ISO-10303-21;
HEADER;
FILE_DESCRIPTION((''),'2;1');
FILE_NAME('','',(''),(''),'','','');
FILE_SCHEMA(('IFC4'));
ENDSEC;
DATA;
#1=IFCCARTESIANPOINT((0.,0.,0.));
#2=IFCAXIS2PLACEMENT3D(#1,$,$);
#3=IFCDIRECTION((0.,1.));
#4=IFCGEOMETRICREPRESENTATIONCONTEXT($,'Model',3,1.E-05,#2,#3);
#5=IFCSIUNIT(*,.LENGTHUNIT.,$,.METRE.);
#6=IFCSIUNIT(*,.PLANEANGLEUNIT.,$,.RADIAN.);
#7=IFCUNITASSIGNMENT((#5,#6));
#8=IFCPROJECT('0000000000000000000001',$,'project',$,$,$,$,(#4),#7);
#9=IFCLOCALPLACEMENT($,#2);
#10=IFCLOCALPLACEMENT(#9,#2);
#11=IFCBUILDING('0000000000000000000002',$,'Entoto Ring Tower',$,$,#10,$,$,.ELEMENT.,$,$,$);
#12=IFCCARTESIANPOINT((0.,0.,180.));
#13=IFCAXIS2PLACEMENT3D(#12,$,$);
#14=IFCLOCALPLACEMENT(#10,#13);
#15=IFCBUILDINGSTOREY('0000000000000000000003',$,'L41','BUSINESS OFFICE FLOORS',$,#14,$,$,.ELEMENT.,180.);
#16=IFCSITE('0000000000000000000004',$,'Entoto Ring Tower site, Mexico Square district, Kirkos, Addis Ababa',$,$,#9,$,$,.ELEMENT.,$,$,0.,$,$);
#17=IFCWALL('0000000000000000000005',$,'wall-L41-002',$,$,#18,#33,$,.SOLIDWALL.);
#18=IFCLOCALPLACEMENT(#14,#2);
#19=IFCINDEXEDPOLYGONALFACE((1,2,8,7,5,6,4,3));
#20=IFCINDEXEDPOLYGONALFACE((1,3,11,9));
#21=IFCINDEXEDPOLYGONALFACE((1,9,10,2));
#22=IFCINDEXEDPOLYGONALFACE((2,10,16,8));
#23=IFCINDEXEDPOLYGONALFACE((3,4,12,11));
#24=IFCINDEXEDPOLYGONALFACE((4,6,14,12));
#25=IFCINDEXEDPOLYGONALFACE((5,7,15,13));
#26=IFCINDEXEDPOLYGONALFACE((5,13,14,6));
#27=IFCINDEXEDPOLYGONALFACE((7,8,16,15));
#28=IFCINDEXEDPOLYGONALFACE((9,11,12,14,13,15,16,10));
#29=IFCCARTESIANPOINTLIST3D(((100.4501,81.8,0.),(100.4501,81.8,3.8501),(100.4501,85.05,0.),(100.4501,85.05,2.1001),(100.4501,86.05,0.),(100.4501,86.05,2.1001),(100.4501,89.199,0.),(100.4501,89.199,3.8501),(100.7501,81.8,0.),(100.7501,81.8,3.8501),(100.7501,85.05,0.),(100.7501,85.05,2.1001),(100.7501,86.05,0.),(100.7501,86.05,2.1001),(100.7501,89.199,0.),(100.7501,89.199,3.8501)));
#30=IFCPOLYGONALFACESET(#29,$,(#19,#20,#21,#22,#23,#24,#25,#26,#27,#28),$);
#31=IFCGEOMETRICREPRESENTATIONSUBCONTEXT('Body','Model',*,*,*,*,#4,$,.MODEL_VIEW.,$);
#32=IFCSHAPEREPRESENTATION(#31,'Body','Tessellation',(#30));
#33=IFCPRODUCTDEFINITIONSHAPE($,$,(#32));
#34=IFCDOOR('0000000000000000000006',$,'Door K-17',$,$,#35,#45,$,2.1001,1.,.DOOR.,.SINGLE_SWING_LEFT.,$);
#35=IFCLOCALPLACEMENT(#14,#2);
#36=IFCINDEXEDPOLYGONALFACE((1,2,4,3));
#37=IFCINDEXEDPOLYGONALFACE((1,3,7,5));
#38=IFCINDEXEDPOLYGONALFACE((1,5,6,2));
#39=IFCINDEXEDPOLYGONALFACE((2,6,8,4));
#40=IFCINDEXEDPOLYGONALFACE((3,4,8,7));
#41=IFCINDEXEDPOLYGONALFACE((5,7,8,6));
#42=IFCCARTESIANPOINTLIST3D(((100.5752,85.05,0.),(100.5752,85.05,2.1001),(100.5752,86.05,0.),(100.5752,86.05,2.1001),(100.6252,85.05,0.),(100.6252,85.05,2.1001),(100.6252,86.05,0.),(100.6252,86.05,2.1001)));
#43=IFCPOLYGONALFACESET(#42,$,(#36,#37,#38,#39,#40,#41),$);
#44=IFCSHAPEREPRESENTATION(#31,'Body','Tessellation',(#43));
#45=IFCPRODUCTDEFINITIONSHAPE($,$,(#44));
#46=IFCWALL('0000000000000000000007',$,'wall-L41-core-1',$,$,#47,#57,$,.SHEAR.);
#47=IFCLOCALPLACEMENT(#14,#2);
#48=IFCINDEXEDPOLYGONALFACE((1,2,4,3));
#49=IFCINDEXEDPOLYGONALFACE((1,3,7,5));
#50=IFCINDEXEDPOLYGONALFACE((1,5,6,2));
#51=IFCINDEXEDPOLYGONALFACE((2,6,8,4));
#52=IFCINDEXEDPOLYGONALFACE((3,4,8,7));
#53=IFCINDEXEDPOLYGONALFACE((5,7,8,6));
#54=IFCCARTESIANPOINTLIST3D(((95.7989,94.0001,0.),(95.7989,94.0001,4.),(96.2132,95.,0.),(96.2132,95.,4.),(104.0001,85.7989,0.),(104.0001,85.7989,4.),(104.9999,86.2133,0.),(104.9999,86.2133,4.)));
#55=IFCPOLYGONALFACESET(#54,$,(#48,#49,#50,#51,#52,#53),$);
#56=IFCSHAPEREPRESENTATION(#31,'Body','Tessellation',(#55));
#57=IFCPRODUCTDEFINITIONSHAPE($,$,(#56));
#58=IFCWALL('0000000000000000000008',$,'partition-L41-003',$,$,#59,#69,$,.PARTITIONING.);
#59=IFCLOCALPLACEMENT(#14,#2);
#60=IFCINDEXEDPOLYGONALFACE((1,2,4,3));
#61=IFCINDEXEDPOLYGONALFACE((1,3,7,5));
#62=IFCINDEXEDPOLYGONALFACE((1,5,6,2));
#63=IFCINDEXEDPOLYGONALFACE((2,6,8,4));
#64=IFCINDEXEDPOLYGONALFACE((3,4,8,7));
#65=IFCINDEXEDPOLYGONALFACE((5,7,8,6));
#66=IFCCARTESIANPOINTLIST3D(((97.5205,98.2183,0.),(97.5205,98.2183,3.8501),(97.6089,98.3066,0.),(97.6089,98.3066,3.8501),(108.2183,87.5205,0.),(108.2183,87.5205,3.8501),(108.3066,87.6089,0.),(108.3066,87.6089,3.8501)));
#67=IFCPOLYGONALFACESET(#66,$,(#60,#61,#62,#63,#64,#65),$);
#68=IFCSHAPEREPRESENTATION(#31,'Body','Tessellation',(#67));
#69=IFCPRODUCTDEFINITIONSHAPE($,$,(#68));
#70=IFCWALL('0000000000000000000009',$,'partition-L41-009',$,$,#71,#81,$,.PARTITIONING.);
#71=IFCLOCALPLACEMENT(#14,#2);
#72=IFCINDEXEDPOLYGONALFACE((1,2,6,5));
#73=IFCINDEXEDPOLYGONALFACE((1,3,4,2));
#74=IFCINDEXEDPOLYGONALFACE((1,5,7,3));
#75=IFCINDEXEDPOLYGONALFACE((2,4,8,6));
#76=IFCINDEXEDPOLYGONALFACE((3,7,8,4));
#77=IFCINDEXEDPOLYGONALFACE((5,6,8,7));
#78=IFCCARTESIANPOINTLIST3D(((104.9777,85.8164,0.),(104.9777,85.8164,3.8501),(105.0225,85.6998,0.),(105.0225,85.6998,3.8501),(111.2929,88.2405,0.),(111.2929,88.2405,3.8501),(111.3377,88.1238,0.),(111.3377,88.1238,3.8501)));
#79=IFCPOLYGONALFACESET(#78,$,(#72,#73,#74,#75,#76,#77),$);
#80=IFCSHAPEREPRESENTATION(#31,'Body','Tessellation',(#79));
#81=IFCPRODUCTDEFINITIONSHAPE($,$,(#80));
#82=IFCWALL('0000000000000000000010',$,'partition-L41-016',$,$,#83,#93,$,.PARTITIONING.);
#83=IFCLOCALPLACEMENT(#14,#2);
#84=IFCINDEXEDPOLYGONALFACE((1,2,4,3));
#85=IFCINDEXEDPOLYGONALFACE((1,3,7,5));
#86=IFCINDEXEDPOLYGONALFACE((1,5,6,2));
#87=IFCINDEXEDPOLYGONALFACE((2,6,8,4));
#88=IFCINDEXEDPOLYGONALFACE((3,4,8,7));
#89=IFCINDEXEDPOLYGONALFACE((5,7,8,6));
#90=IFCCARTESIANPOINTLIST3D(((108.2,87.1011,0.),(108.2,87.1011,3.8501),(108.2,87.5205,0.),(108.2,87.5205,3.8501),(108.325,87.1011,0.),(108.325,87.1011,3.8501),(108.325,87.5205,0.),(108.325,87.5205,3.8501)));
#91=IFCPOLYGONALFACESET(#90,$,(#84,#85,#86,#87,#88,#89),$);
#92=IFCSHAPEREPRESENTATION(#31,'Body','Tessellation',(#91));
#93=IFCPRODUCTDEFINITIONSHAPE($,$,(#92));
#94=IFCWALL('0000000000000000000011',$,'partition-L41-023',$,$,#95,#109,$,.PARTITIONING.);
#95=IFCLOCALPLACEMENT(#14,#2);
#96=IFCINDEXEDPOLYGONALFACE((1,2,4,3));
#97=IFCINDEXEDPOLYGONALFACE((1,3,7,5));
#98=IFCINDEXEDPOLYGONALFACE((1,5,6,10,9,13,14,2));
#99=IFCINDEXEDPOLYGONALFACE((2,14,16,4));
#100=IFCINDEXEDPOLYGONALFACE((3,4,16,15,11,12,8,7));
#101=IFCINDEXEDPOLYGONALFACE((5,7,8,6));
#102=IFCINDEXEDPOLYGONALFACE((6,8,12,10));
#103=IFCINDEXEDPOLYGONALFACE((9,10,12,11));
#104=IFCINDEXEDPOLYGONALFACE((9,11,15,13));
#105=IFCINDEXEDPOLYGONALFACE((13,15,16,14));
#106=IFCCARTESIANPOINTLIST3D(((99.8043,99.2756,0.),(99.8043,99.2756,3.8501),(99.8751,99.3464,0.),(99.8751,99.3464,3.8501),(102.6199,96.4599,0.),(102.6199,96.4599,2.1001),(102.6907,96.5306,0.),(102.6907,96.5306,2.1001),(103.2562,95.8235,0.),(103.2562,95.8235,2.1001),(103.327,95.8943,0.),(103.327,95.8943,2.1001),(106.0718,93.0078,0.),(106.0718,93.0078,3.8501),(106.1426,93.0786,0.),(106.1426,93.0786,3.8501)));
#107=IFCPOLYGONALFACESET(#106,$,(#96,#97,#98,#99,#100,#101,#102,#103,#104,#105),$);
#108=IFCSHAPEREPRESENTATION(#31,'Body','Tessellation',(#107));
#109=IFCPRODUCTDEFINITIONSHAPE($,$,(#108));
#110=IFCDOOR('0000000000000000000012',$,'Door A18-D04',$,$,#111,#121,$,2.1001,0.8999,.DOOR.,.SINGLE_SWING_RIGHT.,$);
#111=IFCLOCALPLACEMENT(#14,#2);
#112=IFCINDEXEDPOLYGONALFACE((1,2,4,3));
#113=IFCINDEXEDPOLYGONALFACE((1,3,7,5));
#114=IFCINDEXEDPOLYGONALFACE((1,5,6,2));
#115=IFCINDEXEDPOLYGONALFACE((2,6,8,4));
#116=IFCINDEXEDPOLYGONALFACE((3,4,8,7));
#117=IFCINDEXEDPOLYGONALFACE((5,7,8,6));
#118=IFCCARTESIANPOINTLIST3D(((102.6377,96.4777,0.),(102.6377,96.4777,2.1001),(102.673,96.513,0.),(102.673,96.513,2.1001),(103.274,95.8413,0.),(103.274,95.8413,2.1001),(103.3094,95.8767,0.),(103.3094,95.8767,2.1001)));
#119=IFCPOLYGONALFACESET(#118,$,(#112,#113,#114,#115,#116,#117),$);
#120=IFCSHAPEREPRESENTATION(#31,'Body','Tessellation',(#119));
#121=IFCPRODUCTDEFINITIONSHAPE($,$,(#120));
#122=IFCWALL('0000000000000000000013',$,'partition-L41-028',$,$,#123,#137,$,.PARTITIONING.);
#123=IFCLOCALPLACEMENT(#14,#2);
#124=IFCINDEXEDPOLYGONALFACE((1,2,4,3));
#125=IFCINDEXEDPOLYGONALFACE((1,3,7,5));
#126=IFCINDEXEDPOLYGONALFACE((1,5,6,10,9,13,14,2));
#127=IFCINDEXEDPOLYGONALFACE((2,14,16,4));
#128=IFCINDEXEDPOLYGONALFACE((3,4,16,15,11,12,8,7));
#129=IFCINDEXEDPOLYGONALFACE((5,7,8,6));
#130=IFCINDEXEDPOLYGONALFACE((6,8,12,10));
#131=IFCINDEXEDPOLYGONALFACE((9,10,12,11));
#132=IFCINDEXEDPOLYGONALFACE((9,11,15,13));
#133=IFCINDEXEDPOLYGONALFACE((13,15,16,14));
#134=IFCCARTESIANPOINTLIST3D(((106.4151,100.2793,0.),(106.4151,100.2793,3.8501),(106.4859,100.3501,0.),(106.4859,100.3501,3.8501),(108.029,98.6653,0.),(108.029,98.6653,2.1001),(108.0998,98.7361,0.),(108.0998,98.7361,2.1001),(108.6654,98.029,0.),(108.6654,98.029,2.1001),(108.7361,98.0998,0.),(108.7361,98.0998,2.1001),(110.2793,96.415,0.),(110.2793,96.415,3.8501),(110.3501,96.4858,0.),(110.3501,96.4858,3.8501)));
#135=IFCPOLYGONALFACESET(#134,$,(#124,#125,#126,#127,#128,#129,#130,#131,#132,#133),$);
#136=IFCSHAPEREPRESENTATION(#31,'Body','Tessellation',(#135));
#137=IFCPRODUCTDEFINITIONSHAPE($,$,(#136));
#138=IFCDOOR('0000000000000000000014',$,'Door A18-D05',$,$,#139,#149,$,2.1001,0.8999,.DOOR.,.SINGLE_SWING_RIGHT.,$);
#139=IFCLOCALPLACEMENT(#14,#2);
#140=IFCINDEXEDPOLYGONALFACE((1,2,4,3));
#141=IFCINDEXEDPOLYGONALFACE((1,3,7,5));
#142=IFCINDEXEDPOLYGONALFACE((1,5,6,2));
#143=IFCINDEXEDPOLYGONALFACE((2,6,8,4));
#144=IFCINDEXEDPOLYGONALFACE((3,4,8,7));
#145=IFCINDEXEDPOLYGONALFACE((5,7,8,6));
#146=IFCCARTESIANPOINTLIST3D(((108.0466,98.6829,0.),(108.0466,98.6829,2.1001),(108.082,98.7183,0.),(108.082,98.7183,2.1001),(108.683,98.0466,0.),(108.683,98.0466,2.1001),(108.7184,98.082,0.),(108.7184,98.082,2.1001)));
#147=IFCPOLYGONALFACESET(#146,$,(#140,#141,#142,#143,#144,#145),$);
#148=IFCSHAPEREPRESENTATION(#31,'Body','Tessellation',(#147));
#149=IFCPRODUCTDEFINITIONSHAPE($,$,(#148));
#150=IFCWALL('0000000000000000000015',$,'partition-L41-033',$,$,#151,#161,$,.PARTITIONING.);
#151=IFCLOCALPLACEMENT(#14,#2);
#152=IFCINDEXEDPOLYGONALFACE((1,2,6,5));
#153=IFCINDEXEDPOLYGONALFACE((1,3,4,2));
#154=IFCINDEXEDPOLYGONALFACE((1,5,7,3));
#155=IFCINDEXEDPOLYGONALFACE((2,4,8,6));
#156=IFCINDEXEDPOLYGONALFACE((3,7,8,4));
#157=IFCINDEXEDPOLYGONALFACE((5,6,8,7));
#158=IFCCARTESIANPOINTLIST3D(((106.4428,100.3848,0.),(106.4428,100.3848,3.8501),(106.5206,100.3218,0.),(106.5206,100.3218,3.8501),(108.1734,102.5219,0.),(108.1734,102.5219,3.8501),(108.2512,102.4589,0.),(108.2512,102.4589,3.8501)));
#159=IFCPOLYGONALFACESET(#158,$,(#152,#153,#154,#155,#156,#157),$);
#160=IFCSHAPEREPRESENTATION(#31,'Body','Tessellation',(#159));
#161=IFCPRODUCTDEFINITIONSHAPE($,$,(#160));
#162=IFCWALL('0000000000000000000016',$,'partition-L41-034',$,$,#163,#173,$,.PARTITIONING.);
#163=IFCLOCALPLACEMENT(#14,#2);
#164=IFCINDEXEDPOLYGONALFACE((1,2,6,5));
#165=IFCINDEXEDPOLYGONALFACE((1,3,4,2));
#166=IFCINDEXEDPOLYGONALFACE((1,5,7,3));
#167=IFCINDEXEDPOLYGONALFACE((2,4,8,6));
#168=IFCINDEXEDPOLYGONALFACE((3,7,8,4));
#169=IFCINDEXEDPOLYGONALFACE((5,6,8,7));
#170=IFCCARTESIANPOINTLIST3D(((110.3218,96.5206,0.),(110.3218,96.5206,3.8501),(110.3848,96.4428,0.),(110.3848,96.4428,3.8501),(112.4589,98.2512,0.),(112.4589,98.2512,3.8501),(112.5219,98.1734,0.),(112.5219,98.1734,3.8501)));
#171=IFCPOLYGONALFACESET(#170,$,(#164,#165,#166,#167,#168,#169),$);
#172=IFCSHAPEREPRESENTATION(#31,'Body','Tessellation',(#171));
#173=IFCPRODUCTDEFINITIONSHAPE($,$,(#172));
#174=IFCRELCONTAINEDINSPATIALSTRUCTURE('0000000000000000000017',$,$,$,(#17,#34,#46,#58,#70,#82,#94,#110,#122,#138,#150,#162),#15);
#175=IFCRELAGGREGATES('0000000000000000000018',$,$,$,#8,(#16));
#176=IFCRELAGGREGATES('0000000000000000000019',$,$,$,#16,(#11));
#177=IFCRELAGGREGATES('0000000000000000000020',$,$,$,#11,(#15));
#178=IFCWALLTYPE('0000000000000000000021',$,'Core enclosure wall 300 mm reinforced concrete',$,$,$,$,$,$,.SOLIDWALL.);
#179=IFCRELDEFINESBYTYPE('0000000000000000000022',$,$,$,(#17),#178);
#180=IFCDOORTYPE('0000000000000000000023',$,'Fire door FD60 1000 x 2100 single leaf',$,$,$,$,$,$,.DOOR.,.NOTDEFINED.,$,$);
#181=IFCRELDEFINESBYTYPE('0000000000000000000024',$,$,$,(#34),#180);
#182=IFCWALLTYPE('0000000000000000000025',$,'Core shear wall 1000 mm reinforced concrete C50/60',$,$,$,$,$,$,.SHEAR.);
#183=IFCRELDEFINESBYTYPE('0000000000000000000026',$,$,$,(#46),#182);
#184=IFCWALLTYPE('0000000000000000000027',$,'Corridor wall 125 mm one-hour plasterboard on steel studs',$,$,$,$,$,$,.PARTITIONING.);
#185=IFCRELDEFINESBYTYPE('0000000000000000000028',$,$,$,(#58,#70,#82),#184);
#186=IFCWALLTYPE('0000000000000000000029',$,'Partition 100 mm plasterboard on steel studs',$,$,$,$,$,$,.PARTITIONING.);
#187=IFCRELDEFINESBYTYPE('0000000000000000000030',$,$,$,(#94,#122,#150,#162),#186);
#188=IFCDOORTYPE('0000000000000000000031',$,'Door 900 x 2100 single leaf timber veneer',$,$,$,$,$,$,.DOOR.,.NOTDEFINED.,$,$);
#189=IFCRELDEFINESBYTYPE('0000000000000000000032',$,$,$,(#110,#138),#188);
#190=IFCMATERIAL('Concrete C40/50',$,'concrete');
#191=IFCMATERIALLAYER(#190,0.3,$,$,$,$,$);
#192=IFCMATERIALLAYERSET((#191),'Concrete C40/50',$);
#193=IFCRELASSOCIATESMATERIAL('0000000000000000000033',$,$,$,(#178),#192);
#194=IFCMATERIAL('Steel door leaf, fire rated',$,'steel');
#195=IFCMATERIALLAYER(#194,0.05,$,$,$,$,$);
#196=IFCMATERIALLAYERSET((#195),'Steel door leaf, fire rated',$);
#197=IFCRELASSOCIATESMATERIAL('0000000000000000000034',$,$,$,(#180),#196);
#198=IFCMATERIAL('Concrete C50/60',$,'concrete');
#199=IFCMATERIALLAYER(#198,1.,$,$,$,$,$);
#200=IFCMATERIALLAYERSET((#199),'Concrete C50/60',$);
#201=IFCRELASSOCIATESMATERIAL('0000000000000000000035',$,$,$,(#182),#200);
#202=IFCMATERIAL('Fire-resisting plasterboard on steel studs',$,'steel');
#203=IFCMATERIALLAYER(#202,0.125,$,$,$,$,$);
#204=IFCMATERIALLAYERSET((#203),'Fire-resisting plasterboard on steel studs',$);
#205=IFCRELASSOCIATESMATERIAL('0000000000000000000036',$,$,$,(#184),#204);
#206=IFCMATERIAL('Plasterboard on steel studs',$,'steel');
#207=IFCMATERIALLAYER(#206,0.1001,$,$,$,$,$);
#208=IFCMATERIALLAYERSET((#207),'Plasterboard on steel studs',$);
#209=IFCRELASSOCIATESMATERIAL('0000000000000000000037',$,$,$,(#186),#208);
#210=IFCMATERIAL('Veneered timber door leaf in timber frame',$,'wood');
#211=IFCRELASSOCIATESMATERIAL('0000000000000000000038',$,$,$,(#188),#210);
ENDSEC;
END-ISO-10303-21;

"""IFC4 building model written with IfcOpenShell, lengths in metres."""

from ifc_helpers import new_model, si_unit, direction, frame, frame_2d, origin, place, context, subcontext, project, spatial, polyline, rectangle, outline, extrude, material, layer, layer_set, type_object, element, fill, save


model = new_model("IFC4")

# Units and contexts
model_context = context("Model", 3, precision=1e-05, world=origin(), true_north=direction((0.0, 1.0)))
body_context = subcontext(model_context, "Body", "Model", "MODEL_VIEW")
ifc_project = project(units=[si_unit("LENGTHUNIT", "METRE"), si_unit("PLANEANGLEUNIT", "RADIAN")], contexts=[model_context])

# Site, building, storey
site_placement = place(None, origin())
site = spatial("IfcSite", under=ifc_project, at=site_placement, Name="Entoto Ring Tower site, Mexico Square district, Kirkos, Addis Ababa", CompositionType="ELEMENT", RefElevation=0.0)
building_placement = place(site_placement, origin())
building = spatial("IfcBuilding", under=site, at=building_placement, Name="Entoto Ring Tower", CompositionType="ELEMENT")
storey_placement = place(building_placement, frame((0.0, 0.0, 180.0)))
storey = spatial("IfcBuildingStorey", under=building, at=storey_placement, Name="L41", Description="BUSINESS OFFICE FLOORS", CompositionType="ELEMENT", Elevation=180.0)

# Wall, opening, door
ifc_material_1 = material(Name="Concrete C40/50", Category="concrete")
ifc_layer_1 = layer(ifc_material_1, 0.3)
ifc_layer_set_1 = layer_set([ifc_layer_1], Name="Concrete C40/50")
wall_type_1 = type_object("IfcWallType", Name="Core enclosure wall 300 mm reinforced concrete", PredefinedType="SOLIDWALL", material=ifc_layer_set_1)
wall_1_placement = place(storey_placement, frame((100.6001, 81.8, 0.0), z_axis=(0.0, 0.0, 1.0), x_axis=(0.0, 1.0, 0.0)))
wall_1 = element("IfcWall", 1, at=wall_1_placement, inside=storey, type_object=wall_type_1, Name="wall-L41-002", PredefinedType="SOLIDWALL", context=body_context, shape_type="SweptSolid", body=[
    extrude(rectangle(XDim=7.3989, YDim=0.3, at=frame_2d((3.6995, 0.0))), origin(), (0.0, 0.0, 1.0), 3.8501),
])
opening_1_placement = place(wall_1_placement, frame((3.25, 0.0, 0.0)))
opening_1 = element("IfcOpeningElement", 2, at=opening_1_placement, cuts=wall_1, PredefinedType="OPENING", context=body_context, shape_type="SweptSolid", body=[
    extrude(rectangle(XDim=1.0, YDim=2.1001, at=frame_2d((0.5, 1.05))), frame((0.0, 0.1602, 0.0), z_axis=(0.0, -1.0, 0.0), x_axis=(1.0, 0.0, 0.0)), (0.0, 0.0, 1.0), 0.3201),
])
ifc_material_2 = material(Name="Steel door leaf, fire rated", Category="steel")
ifc_layer_2 = layer(ifc_material_2, 0.05)
ifc_layer_set_2 = layer_set([ifc_layer_2], Name="Steel door leaf, fire rated")
door_type_1 = type_object("IfcDoorType", Name="Fire door FD60 1000 x 2100 single leaf", OperationType="NOTDEFINED", PredefinedType="DOOR", material=ifc_layer_set_2)
door_1_placement = place(opening_1_placement, origin())
door_1 = element("IfcDoor", 3, at=door_1_placement, inside=storey, type_object=door_type_1, Name="Door K-17", OperationType="SINGLE_SWING_LEFT", OverallHeight=2.1001, OverallWidth=1.0, PredefinedType="DOOR", context=body_context, shape_type="SweptSolid", body=[
    extrude(rectangle(XDim=1.0, YDim=2.1001, at=frame_2d((0.5, 1.05))), frame((0.0, 0.0249, 0.0), z_axis=(0.0, -1.0, 0.0), x_axis=(1.0, 0.0, 0.0)), (0.0, 0.0, 1.0), 0.05),
])
fill(opening_1, door_1)

# Walls
ifc_material_3 = material(Name="Concrete C50/60", Category="concrete")
ifc_layer_3 = layer(ifc_material_3, 1.0)
ifc_layer_set_3 = layer_set([ifc_layer_3], Name="Concrete C50/60")
wall_type_2 = type_object("IfcWallType", Name="Core shear wall 1000 mm reinforced concrete C50/60", PredefinedType="SHEAR", material=ifc_layer_set_3)
wall_2_placement = place(storey_placement, frame((104.5, 86.0061, 0.0), z_axis=(0.0, 0.0, 1.0), x_axis=(-0.707107, 0.707107, 0.0)))
element("IfcWall", 4, at=wall_2_placement, inside=storey, type_object=wall_type_2, Name="wall-L41-core-1", PredefinedType="SHEAR", context=body_context, shape_type="SweptSolid", body=[
    extrude(outline(polyline([(-0.207, -0.5), (12.2192, -0.5), (11.8052, 0.5), (0.207, 0.5), (-0.207, -0.5)])), origin(), (0.0, 0.0, 1.0), 4.0),
])
ifc_material_4 = material(Name="Fire-resisting plasterboard on steel studs", Category="steel")
ifc_layer_4 = layer(ifc_material_4, 0.125)
ifc_layer_set_4 = layer_set([ifc_layer_4], Name="Fire-resisting plasterboard on steel studs")
wall_type_3 = type_object("IfcWallType", Name="Corridor wall 125 mm one-hour plasterboard on steel studs", PredefinedType="PARTITIONING", material=ifc_layer_set_4)
wall_3_placement = place(storey_placement, frame((108.2625, 87.5647, 0.0), z_axis=(0.0, 0.0, 1.0), x_axis=(-0.707107, 0.707107, 0.0)))
element("IfcWall", 5, at=wall_3_placement, inside=storey, type_object=wall_type_3, Name="partition-L41-003", PredefinedType="PARTITIONING", context=body_context, shape_type="SweptSolid", body=[
    extrude(rectangle(XDim=15.1289, YDim=0.125, at=frame_2d((7.5645, 0.0))), origin(), (0.0, 0.0, 1.0), 3.8501),
])
wall_4_placement = place(storey_placement, frame((105.0, 85.7581, 0.0), z_axis=(0.0, 0.0, 1.0), x_axis=(0.933585, 0.358355, 0.0)))
element("IfcWall", 6, at=wall_4_placement, inside=storey, type_object=wall_type_3, Name="partition-L41-009", PredefinedType="PARTITIONING", context=body_context, shape_type="SweptSolid", body=[
    extrude(rectangle(XDim=6.7644, YDim=0.125, at=frame_2d((3.3823, 0.0))), origin(), (0.0, 0.0, 1.0), 3.8501),
])
wall_5_placement = place(storey_placement, frame((108.2625, 87.1011, 0.0), z_axis=(0.0, 0.0, 1.0), x_axis=(0.0, 1.0, 0.0)))
element("IfcWall", 7, at=wall_5_placement, inside=storey, type_object=wall_type_3, Name="partition-L41-016", PredefinedType="PARTITIONING", context=body_context, shape_type="SweptSolid", body=[
    extrude(rectangle(XDim=0.4194, YDim=0.125, at=frame_2d((0.2097, 0.0))), origin(), (0.0, 0.0, 1.0), 3.8501),
])

# Walls, openings, doors
ifc_material_5 = material(Name="Plasterboard on steel studs", Category="steel")
ifc_layer_5 = layer(ifc_material_5, 0.1001)
ifc_layer_set_5 = layer_set([ifc_layer_5], Name="Plasterboard on steel studs")
wall_type_4 = type_object("IfcWallType", Name="Partition 100 mm plasterboard on steel studs", PredefinedType="PARTITIONING", material=ifc_layer_set_5)
wall_6_placement = place(storey_placement, frame((106.1072, 93.0432, 0.0), z_axis=(0.0, 0.0, 1.0), x_axis=(-0.707093, 0.707121, 0.0)))
wall_6 = element("IfcWall", 8, at=wall_6_placement, inside=storey, type_object=wall_type_4, Name="partition-L41-023", PredefinedType="PARTITIONING", context=body_context, shape_type="SweptSolid", body=[
    extrude(rectangle(XDim=8.8638, YDim=0.1001, at=frame_2d((4.4319, 0.0))), origin(), (0.0, 0.0, 1.0), 3.8501),
])
opening_2_placement = place(wall_6_placement, frame((3.9819, 0.0, 0.0)))
opening_2 = element("IfcOpeningElement", 9, at=opening_2_placement, cuts=wall_6, PredefinedType="OPENING", context=body_context, shape_type="SweptSolid", body=[
    extrude(rectangle(XDim=0.8999, YDim=2.1001, at=frame_2d((0.45, 1.05))), frame((0.0, 0.0601, 0.0), z_axis=(0.0, -1.0, 0.0), x_axis=(1.0, 0.0, 0.0)), (0.0, 0.0, 1.0), 0.1201),
])
ifc_material_6 = material(Name="Veneered timber door leaf in timber frame", Category="wood")
door_type_2 = type_object("IfcDoorType", Name="Door 900 x 2100 single leaf timber veneer", OperationType="NOTDEFINED", PredefinedType="DOOR", material=ifc_material_6)
door_2_placement = place(opening_2_placement, origin())
door_2 = element("IfcDoor", 10, at=door_2_placement, inside=storey, type_object=door_type_2, Name="Door A18-D04", OperationType="SINGLE_SWING_RIGHT", OverallHeight=2.1001, OverallWidth=0.8999, PredefinedType="DOOR", context=body_context, shape_type="SweptSolid", body=[
    extrude(rectangle(XDim=0.8999, YDim=2.1001, at=frame_2d((0.45, 1.05))), frame((0.0, 0.0249, 0.0), z_axis=(0.0, -1.0, 0.0), x_axis=(1.0, 0.0, 0.0)), (0.0, 0.0, 1.0), 0.05),
])
fill(opening_2, door_2)
wall_7_placement = place(storey_placement, frame((110.3147, 96.4504, 0.0), z_axis=(0.0, 0.0, 1.0), x_axis=(-0.707107, 0.707107, 0.0)))
wall_7 = element("IfcWall", 11, at=wall_7_placement, inside=storey, type_object=wall_type_4, Name="partition-L41-028", PredefinedType="PARTITIONING", context=body_context, shape_type="SweptSolid", body=[
    extrude(rectangle(XDim=5.4648, YDim=0.1001, at=frame_2d((2.7324, 0.0))), origin(), (0.0, 0.0, 1.0), 3.8501),
])
opening_3_placement = place(wall_7_placement, frame((2.2825, 0.0, 0.0)))
opening_3 = element("IfcOpeningElement", 12, at=opening_3_placement, cuts=wall_7, PredefinedType="OPENING", context=body_context, shape_type="SweptSolid", body=[
    extrude(rectangle(XDim=0.8999, YDim=2.1001, at=frame_2d((0.45, 1.05))), frame((0.0, 0.0601, 0.0), z_axis=(0.0, -1.0, 0.0), x_axis=(1.0, 0.0, 0.0)), (0.0, 0.0, 1.0), 0.1201),
])
door_3_placement = place(opening_3_placement, frame((0.8999, 0.0, 0.0), z_axis=(0.0, 0.0, 1.0), x_axis=(-1.0, 0.0, 0.0)))
door_3 = element("IfcDoor", 13, at=door_3_placement, inside=storey, type_object=door_type_2, Name="Door A18-D05", OperationType="SINGLE_SWING_RIGHT", OverallHeight=2.1001, OverallWidth=0.8999, PredefinedType="DOOR", context=body_context, shape_type="SweptSolid", body=[
    extrude(rectangle(XDim=0.8999, YDim=2.1001, at=frame_2d((0.45, 1.05))), frame((0.0, 0.0249, 0.0), z_axis=(0.0, -1.0, 0.0), x_axis=(1.0, 0.0, 0.0)), (0.0, 0.0, 1.0), 0.05),
])
fill(opening_3, door_3)

# Walls
for number, where, z_axis, x_axis, name in (
    (14, (106.4817, 100.3533, 0.0), (0.0, 0.0, 1.0), (0.629328, 0.777139, 0.0), "partition-L41-033"),
    (15, (110.3533, 96.4817, 0.0), (0.0, 0.0, 1.0), (0.777139, 0.629328, 0.0), "partition-L41-034"),
):
    element("IfcWall", number, at=place(storey_placement, frame(where, z_axis=z_axis, x_axis=x_axis)), inside=storey, type_object=wall_type_4, Name=name, PredefinedType="PARTITIONING", context=body_context, shape_type="SweptSolid", body=[
        extrude(rectangle(XDim=2.75, YDim=0.1001, at=frame_2d((1.375, 0.0))), origin(), (0.0, 0.0, 1.0), 3.8501),
    ])

save(model, "model.ifc")
